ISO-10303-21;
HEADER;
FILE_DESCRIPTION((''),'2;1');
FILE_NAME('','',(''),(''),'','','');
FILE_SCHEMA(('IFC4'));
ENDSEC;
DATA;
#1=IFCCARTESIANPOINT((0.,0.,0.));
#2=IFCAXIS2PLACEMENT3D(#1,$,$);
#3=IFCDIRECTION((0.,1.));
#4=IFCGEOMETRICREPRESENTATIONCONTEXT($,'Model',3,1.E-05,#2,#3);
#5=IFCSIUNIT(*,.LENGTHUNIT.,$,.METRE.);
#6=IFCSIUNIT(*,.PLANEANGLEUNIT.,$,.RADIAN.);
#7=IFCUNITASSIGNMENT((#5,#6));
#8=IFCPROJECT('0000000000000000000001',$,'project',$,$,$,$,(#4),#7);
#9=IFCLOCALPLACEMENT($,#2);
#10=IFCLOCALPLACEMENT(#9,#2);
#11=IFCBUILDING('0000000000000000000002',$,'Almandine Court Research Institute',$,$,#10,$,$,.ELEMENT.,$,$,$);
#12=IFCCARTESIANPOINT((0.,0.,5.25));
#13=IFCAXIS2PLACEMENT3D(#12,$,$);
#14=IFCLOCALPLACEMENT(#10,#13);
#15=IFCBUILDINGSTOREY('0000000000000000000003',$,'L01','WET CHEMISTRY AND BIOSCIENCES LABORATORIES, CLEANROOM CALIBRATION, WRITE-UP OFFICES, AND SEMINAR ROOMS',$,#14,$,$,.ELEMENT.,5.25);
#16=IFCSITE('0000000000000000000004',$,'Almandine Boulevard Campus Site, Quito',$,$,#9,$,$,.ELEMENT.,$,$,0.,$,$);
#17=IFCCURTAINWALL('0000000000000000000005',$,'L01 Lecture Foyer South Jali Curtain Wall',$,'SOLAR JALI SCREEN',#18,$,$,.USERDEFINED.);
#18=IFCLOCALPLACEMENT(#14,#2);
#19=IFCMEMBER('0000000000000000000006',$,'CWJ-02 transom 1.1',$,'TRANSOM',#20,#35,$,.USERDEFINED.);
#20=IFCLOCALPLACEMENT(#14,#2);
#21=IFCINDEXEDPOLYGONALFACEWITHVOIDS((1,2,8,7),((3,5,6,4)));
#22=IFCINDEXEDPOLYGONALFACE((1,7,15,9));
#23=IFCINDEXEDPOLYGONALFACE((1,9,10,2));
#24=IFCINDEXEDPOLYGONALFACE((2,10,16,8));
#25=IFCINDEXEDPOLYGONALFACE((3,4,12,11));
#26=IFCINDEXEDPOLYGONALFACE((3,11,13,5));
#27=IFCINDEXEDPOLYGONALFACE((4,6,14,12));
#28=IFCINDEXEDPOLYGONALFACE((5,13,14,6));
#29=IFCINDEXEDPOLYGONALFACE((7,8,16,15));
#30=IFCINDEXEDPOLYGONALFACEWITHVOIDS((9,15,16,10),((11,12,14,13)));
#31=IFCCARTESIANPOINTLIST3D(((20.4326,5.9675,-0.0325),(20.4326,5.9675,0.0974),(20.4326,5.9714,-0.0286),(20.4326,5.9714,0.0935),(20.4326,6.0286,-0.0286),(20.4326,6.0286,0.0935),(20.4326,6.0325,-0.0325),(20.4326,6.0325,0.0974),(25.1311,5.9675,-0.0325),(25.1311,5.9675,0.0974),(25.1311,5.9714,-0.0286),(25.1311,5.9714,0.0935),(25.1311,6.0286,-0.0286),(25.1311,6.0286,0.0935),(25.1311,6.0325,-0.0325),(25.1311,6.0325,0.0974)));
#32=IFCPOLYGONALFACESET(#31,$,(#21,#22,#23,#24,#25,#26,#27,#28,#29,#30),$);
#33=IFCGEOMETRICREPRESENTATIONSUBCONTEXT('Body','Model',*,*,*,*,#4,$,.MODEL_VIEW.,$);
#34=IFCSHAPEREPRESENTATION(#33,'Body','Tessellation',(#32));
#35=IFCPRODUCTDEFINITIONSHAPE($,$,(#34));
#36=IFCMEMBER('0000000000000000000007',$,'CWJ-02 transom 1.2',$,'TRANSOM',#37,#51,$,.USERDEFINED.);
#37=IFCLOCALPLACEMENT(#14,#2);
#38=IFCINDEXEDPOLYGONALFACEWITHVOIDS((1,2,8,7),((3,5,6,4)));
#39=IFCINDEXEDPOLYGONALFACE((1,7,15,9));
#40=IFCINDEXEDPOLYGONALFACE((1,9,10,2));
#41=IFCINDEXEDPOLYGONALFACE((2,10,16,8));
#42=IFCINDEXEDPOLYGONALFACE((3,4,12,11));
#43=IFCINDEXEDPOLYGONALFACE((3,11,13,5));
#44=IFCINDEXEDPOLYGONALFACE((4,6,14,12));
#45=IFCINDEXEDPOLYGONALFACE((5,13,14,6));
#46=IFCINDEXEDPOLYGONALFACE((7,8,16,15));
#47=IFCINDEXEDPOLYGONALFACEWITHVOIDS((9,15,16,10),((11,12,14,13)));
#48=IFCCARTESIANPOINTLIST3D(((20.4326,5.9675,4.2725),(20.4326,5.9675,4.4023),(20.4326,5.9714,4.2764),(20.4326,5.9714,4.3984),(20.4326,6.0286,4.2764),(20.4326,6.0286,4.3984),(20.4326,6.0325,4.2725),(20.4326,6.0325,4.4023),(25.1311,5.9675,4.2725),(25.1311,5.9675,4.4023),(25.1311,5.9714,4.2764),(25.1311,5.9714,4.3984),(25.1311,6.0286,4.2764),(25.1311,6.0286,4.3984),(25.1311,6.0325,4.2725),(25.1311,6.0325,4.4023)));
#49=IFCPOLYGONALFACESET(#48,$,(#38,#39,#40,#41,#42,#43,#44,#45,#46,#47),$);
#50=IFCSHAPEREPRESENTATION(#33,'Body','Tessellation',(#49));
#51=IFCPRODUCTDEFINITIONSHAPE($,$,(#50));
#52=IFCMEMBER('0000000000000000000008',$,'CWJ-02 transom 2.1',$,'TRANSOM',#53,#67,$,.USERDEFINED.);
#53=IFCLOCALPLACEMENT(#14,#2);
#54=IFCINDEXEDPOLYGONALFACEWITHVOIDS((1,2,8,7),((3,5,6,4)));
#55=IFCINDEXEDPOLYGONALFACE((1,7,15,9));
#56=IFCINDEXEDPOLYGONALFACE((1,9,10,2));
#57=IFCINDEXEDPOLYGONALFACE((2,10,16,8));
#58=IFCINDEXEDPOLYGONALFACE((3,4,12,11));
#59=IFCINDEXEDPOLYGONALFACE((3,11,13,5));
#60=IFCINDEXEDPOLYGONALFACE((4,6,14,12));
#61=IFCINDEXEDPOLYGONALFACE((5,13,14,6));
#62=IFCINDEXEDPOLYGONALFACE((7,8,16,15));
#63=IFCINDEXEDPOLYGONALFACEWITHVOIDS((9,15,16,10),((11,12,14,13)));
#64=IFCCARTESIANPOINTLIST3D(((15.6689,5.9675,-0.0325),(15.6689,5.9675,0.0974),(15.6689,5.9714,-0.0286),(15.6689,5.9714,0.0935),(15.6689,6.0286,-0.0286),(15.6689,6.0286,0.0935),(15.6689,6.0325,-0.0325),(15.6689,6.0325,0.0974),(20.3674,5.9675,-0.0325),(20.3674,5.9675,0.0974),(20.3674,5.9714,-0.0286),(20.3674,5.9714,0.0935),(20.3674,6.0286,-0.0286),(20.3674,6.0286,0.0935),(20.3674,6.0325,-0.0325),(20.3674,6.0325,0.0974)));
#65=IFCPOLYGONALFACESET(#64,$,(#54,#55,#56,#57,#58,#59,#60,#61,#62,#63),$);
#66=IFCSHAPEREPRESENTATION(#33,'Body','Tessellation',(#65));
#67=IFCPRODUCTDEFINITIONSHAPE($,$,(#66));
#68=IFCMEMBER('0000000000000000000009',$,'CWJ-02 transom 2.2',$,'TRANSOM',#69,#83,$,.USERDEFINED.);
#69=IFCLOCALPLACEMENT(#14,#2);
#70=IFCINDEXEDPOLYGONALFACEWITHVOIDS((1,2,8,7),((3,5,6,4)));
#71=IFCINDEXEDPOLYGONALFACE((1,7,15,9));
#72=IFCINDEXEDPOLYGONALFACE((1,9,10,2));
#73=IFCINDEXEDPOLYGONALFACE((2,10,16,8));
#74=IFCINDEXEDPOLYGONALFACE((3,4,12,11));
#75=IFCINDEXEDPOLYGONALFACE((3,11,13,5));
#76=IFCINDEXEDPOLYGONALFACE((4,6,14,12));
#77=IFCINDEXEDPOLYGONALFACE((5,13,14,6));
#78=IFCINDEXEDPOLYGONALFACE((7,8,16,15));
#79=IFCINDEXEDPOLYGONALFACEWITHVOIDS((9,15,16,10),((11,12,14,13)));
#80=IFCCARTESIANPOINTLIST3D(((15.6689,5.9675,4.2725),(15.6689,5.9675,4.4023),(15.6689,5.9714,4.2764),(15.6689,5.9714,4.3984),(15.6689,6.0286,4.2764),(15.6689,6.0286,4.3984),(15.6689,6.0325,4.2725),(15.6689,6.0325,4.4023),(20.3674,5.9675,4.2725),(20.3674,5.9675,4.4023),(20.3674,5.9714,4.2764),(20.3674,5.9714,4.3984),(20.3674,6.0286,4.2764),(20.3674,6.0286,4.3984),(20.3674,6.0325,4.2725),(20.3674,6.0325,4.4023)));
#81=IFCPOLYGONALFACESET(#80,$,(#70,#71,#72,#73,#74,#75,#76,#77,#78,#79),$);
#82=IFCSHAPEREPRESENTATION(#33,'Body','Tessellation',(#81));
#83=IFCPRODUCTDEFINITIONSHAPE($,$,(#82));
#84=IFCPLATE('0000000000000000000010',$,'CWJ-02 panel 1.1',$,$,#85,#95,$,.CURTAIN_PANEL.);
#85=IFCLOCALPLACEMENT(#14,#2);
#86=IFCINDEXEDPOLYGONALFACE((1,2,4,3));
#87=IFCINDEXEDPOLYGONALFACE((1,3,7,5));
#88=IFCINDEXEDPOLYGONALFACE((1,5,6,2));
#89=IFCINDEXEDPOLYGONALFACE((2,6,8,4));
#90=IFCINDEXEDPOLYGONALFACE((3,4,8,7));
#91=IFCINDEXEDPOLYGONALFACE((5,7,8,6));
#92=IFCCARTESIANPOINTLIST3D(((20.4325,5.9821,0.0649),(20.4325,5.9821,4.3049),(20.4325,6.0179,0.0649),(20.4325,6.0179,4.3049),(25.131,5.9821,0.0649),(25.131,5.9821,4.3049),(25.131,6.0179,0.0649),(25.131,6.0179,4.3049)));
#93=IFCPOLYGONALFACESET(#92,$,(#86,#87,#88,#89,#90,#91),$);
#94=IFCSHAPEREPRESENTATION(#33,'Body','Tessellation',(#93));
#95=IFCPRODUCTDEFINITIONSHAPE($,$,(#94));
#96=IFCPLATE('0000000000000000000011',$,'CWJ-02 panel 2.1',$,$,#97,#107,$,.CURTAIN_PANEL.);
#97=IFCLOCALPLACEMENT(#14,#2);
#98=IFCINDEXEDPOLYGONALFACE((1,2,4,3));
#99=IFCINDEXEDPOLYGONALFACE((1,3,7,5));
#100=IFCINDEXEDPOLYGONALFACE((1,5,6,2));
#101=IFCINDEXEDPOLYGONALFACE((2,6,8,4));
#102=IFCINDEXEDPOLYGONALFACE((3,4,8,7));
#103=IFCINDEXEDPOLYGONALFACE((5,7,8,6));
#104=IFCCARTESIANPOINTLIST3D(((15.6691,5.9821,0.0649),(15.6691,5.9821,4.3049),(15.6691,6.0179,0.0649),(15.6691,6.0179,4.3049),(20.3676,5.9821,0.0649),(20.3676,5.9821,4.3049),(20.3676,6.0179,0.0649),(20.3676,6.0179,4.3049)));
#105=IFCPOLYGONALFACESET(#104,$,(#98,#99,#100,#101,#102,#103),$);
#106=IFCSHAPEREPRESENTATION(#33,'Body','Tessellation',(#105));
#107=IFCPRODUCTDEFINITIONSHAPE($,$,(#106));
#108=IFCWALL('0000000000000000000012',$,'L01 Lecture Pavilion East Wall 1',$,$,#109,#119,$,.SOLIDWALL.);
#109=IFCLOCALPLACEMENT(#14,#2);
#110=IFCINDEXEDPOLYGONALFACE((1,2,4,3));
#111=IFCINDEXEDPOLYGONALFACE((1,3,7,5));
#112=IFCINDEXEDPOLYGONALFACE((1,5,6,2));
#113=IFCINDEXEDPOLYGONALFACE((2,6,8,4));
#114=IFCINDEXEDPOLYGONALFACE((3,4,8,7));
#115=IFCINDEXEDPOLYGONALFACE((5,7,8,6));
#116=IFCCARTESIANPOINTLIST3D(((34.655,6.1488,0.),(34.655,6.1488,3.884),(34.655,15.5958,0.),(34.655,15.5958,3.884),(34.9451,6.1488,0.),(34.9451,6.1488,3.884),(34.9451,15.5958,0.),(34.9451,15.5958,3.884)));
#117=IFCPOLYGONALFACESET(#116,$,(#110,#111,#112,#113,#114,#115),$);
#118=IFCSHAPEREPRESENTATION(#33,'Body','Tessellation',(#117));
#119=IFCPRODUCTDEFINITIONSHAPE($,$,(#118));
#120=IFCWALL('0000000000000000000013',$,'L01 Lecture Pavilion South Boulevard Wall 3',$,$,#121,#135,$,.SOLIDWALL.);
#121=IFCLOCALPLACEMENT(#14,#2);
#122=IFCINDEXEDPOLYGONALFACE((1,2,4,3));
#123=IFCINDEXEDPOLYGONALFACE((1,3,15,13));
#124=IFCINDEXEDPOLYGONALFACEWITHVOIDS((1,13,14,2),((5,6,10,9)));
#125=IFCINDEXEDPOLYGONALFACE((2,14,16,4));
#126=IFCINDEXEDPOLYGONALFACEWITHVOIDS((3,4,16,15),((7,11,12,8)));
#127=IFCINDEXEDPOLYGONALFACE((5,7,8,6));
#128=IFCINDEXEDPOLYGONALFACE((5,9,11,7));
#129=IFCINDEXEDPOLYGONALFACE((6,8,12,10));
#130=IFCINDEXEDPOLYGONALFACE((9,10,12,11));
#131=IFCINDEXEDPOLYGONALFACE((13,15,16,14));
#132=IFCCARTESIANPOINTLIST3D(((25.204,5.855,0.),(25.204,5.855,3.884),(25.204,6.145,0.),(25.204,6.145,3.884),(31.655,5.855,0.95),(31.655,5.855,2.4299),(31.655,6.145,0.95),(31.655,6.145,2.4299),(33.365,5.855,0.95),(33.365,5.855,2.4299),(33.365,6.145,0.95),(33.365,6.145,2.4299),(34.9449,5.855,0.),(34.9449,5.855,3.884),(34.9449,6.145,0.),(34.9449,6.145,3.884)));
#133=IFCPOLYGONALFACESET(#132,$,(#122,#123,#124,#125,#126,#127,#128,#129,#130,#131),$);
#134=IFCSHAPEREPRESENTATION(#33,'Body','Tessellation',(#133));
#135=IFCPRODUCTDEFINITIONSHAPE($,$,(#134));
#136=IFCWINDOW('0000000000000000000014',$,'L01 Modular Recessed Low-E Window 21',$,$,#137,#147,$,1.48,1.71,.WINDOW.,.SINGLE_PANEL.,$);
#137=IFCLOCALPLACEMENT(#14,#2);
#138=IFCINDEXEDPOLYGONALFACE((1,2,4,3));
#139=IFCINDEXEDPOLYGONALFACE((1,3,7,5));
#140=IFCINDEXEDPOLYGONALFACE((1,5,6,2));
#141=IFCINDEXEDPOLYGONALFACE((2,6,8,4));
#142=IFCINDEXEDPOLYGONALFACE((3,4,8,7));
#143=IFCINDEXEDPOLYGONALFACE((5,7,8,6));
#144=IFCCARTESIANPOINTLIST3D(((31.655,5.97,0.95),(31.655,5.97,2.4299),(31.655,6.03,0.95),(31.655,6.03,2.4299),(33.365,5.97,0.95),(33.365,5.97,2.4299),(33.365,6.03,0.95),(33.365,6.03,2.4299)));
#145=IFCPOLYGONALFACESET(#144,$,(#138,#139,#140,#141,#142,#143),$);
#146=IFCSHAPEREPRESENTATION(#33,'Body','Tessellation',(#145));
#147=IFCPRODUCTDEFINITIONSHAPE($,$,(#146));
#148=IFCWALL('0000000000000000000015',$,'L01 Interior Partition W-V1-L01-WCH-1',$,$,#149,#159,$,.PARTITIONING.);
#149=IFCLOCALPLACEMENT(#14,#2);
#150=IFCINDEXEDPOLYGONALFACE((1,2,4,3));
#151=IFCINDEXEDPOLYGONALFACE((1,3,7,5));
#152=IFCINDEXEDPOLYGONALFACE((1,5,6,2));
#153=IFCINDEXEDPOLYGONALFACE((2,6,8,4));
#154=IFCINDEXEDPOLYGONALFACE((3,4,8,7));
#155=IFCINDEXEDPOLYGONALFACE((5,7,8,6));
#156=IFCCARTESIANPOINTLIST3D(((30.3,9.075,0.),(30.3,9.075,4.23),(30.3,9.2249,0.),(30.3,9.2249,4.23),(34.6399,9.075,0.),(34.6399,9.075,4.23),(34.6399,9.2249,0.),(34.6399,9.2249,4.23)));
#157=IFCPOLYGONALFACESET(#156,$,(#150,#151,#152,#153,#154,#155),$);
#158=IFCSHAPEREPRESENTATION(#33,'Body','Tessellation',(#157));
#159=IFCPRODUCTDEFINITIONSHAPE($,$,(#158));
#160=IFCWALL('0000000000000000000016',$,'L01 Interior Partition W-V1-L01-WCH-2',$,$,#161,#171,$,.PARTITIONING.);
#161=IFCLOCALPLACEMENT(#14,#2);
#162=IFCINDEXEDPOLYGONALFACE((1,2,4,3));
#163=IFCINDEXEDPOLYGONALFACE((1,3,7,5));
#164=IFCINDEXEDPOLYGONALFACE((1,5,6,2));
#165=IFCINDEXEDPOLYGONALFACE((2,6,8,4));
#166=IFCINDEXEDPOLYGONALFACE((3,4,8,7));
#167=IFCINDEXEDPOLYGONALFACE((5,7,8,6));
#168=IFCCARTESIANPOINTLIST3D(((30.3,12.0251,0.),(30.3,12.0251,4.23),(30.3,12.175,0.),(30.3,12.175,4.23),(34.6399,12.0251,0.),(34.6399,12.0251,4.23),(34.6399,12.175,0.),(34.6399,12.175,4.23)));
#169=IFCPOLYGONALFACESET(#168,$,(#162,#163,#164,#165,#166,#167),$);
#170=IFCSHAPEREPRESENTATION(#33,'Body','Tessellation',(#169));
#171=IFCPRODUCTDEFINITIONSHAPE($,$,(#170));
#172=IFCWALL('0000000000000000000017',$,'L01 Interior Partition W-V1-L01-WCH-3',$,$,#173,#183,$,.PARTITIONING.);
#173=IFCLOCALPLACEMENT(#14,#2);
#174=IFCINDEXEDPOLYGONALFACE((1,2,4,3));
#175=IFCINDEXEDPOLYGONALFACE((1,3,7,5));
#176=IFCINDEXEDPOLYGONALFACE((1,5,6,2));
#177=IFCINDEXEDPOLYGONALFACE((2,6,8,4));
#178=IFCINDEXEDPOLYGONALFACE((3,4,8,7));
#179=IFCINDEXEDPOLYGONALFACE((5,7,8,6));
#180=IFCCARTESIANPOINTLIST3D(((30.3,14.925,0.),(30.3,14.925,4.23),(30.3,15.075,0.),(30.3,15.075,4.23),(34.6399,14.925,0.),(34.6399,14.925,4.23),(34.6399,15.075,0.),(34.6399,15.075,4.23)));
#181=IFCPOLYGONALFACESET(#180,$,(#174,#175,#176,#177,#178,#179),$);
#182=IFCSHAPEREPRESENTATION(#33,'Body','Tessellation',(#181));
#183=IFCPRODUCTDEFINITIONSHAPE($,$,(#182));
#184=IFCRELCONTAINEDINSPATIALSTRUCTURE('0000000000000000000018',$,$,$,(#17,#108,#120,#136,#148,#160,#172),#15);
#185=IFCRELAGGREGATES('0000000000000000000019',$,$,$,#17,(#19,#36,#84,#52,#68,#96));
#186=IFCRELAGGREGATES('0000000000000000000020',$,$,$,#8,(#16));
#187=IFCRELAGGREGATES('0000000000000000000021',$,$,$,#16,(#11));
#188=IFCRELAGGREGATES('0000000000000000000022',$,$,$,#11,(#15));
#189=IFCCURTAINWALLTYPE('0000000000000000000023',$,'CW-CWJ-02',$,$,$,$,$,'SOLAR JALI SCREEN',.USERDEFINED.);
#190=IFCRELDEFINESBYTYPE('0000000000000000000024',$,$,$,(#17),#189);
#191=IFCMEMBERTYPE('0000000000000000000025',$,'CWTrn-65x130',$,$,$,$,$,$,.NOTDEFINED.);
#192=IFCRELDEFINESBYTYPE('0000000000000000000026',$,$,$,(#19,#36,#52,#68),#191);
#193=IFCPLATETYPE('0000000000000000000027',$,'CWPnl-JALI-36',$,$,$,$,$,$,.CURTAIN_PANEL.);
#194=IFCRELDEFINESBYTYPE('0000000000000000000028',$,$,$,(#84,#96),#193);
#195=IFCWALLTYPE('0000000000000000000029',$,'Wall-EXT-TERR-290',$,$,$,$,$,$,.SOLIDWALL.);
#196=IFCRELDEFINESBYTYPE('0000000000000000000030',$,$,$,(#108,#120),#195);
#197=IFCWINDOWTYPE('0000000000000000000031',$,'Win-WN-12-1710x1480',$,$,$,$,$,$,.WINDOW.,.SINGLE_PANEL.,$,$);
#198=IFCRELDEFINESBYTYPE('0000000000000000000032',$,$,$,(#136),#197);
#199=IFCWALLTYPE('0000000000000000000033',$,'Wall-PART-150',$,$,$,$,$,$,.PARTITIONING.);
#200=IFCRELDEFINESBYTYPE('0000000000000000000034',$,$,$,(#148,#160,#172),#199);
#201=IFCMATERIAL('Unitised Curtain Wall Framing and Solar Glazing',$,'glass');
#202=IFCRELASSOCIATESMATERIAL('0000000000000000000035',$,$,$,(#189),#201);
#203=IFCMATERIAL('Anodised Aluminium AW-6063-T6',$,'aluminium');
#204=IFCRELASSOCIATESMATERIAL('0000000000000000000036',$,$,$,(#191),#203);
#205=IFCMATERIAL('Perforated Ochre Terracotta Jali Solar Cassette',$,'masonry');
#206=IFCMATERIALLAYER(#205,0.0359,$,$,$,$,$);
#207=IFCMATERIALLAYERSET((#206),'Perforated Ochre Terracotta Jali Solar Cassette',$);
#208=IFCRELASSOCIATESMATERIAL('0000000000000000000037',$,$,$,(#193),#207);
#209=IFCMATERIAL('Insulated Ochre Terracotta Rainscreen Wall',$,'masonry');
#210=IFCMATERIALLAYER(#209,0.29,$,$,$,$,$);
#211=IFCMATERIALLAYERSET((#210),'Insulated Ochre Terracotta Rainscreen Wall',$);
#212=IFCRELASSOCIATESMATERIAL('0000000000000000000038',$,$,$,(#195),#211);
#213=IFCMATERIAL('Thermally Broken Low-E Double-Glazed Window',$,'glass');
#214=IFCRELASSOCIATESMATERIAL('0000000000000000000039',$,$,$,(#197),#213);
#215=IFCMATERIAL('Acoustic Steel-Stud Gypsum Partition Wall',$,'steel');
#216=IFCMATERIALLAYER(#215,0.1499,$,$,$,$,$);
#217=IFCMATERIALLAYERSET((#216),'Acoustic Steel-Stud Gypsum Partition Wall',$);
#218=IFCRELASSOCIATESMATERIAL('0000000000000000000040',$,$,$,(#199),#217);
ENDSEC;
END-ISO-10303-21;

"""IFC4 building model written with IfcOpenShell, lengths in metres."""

from ifc_helpers import new_model, si_unit, direction, frame, frame_2d, origin, origin_2d, place, context, subcontext, project, spatial, rectangle, hollow_rectangle, extrude, material, layer, layer_set, material_profile, profile_set, type_object, element, fill, aggregate, save


model = new_model("IFC4")

# Units and contexts
model_context = context("Model", 3, precision=1e-05, world=origin(), true_north=direction((0.0, 1.0)))
body_context = subcontext(model_context, "Body", "Model", "MODEL_VIEW")
ifc_project = project(units=[si_unit("LENGTHUNIT", "METRE"), si_unit("PLANEANGLEUNIT", "RADIAN")], contexts=[model_context])

# Site, building, storey
site_placement = place(None, origin())
site = spatial("IfcSite", under=ifc_project, at=site_placement, Name="Almandine Boulevard Campus Site, Quito", CompositionType="ELEMENT", RefElevation=0.0)
building_placement = place(site_placement, origin())
building = spatial("IfcBuilding", under=site, at=building_placement, Name="Almandine Court Research Institute", CompositionType="ELEMENT")
storey_placement = place(building_placement, frame((0.0, 0.0, 5.25)))
storey = spatial("IfcBuildingStorey", under=building, at=storey_placement, Name="L01", Description="WET CHEMISTRY AND BIOSCIENCES LABORATORIES, CLEANROOM CALIBRATION, WRITE-UP OFFICES, AND SEMINAR ROOMS", CompositionType="ELEMENT", Elevation=5.25)

# Curtain wall, members, plates
ifc_material_1 = material(Name="Unitised Curtain Wall Framing and Solar Glazing", Category="glass")
curtain_wall_type = type_object("IfcCurtainWallType", Name="CW-CWJ-02", ElementType="SOLAR JALI SCREEN", PredefinedType="USERDEFINED", material=ifc_material_1)
curtain_wall_placement = place(storey_placement, origin())
curtain_wall = element("IfcCurtainWall", 1, at=curtain_wall_placement, inside=storey, type_object=curtain_wall_type, Name="L01 Lecture Foyer South Jali Curtain Wall", ObjectType="SOLAR JALI SCREEN", PredefinedType="USERDEFINED")
ifc_material_2 = material(Name="Anodised Aluminium AW-6063-T6", Category="aluminium")
ifc_material_profile_1 = material_profile(ifc_material_2, hollow_rectangle(XDim=0.0649, YDim=0.1299, WallThickness=0.0039, at=origin_2d()), Name="ALU RHS 65x130x4")
ifc_profile_set_1 = profile_set([ifc_material_profile_1], Name="Anodised Aluminium AW-6063-T6")
member_type_1 = type_object("IfcMemberType", Name="CWTrn-65x130", PredefinedType="NOTDEFINED", material=ifc_profile_set_1)
member_1_placement = place(storey_placement, frame((25.1311, 6.0, 0.0325), z_axis=(-1.0, 0.0, 0.0), x_axis=(0.0, -1.0, 0.0)))
member_1 = element("IfcMember", 2, at=member_1_placement, type_object=member_type_1, Name="CWJ-02 transom 1.1", ObjectType="TRANSOM", PredefinedType="USERDEFINED", context=body_context, shape_type="SweptSolid", body=[
    extrude(hollow_rectangle(XDim=0.0649, YDim=0.1299, WallThickness=0.0039, at=origin_2d()), origin(), (0.0, 0.0, 1.0), 4.6985),
])
member_2_placement = place(storey_placement, frame((25.1311, 6.0, 4.3374), z_axis=(-1.0, 0.0, 0.0), x_axis=(0.0, -1.0, 0.0)))
member_2 = element("IfcMember", 3, at=member_2_placement, type_object=member_type_1, Name="CWJ-02 transom 1.2", ObjectType="TRANSOM", PredefinedType="USERDEFINED", context=body_context, shape_type="SweptSolid", body=[
    extrude(hollow_rectangle(XDim=0.0649, YDim=0.1299, WallThickness=0.0039, at=origin_2d()), origin(), (0.0, 0.0, 1.0), 4.6985),
])
member_3_placement = place(storey_placement, frame((20.3674, 6.0, 0.0325), z_axis=(-1.0, 0.0, 0.0), x_axis=(0.0, -1.0, 0.0)))
member_3 = element("IfcMember", 4, at=member_3_placement, type_object=member_type_1, Name="CWJ-02 transom 2.1", ObjectType="TRANSOM", PredefinedType="USERDEFINED", context=body_context, shape_type="SweptSolid", body=[
    extrude(hollow_rectangle(XDim=0.0649, YDim=0.1299, WallThickness=0.0039, at=origin_2d()), origin(), (0.0, 0.0, 1.0), 4.6985),
])
member_4_placement = place(storey_placement, frame((20.3674, 6.0, 4.3374), z_axis=(-1.0, 0.0, 0.0), x_axis=(0.0, -1.0, 0.0)))
member_4 = element("IfcMember", 5, at=member_4_placement, type_object=member_type_1, Name="CWJ-02 transom 2.2", ObjectType="TRANSOM", PredefinedType="USERDEFINED", context=body_context, shape_type="SweptSolid", body=[
    extrude(hollow_rectangle(XDim=0.0649, YDim=0.1299, WallThickness=0.0039, at=origin_2d()), origin(), (0.0, 0.0, 1.0), 4.6985),
])
ifc_material_3 = material(Name="Perforated Ochre Terracotta Jali Solar Cassette", Category="masonry")
ifc_layer_1 = layer(ifc_material_3, 0.0359)
ifc_layer_set_1 = layer_set([ifc_layer_1], Name="Perforated Ochre Terracotta Jali Solar Cassette")
plate_type = type_object("IfcPlateType", Name="CWPnl-JALI-36", PredefinedType="CURTAIN_PANEL", material=ifc_layer_set_1)
plate_1_placement = place(storey_placement, frame((22.7817, 6.0, 0.0649), z_axis=(0.0, 0.0, 1.0), x_axis=(-1.0, 0.0, 0.0)))
plate_1 = element("IfcPlate", 6, at=plate_1_placement, type_object=plate_type, Name="CWJ-02 panel 1.1", PredefinedType="CURTAIN_PANEL", context=body_context, shape_type="SweptSolid", body=[
    extrude(rectangle(XDim=4.6985, YDim=0.0359, at=origin_2d()), origin(), (0.0, 0.0, 1.0), 4.24),
])
plate_2_placement = place(storey_placement, frame((18.0183, 6.0, 0.0649), z_axis=(0.0, 0.0, 1.0), x_axis=(-1.0, 0.0, 0.0)))
plate_2 = element("IfcPlate", 7, at=plate_2_placement, type_object=plate_type, Name="CWJ-02 panel 2.1", PredefinedType="CURTAIN_PANEL", context=body_context, shape_type="SweptSolid", body=[
    extrude(rectangle(XDim=4.6985, YDim=0.0359, at=origin_2d()), origin(), (0.0, 0.0, 1.0), 4.24),
])
aggregate(curtain_wall, [member_1, member_2, plate_1, member_3, member_4, plate_2])

# Wall
ifc_material_4 = material(Name="Insulated Ochre Terracotta Rainscreen Wall", Category="masonry")
ifc_layer_2 = layer(ifc_material_4, 0.29)
ifc_layer_set_2 = layer_set([ifc_layer_2], Name="Insulated Ochre Terracotta Rainscreen Wall")
wall_type_1 = type_object("IfcWallType", Name="Wall-EXT-TERR-290", PredefinedType="SOLIDWALL", material=ifc_layer_set_2)
wall_1_placement = place(storey_placement, frame((34.8, 15.5959, 0.0), z_axis=(0.0, 0.0, 1.0), x_axis=(0.0, -1.0, 0.0)))
element("IfcWall", 8, at=wall_1_placement, inside=storey, type_object=wall_type_1, Name="L01 Lecture Pavilion East Wall 1", PredefinedType="SOLIDWALL", context=body_context, shape_type="SweptSolid", body=[
    extrude(rectangle(XDim=9.447, YDim=0.29, at=frame_2d((4.7236, 0.0))), origin(), (0.0, 0.0, 1.0), 3.884),
])

# Wall, opening, window
wall_2_placement = place(storey_placement, frame((34.9451, 6.0, 0.0), z_axis=(0.0, 0.0, 1.0), x_axis=(-1.0, 0.0, 0.0)))
wall_2 = element("IfcWall", 9, at=wall_2_placement, inside=storey, type_object=wall_type_1, Name="L01 Lecture Pavilion South Boulevard Wall 3", PredefinedType="SOLIDWALL", context=body_context, shape_type="SweptSolid", body=[
    extrude(rectangle(XDim=9.741, YDim=0.29, at=frame_2d((4.8706, 0.0))), origin(), (0.0, 0.0, 1.0), 3.884),
])
opening_1_placement = place(wall_2_placement, frame((1.5801, 0.0, 0.95)))
opening_1 = element("IfcOpeningElement", 10, at=opening_1_placement, cuts=wall_2, PredefinedType="OPENING", context=body_context, shape_type="SweptSolid", body=[
    extrude(rectangle(XDim=1.71, YDim=1.48, at=frame_2d((0.855, 0.74))), frame((0.0, 0.155, 0.0), z_axis=(0.0, -1.0, 0.0), x_axis=(1.0, 0.0, 0.0)), (0.0, 0.0, 1.0), 0.3101),
])
ifc_material_5 = material(Name="Thermally Broken Low-E Double-Glazed Window", Category="glass")
window_type = type_object("IfcWindowType", Name="Win-WN-12-1710x1480", PartitioningType="SINGLE_PANEL", PredefinedType="WINDOW", material=ifc_material_5)
window_placement = place(opening_1_placement, origin())
window = element("IfcWindow", 11, at=window_placement, inside=storey, type_object=window_type, Name="L01 Modular Recessed Low-E Window 21", OverallHeight=1.48, OverallWidth=1.71, PartitioningType="SINGLE_PANEL", PredefinedType="WINDOW", context=body_context, shape_type="SweptSolid", body=[
    extrude(rectangle(XDim=1.71, YDim=1.48, at=frame_2d((0.855, 0.74))), frame((0.0, 0.03, 0.0), z_axis=(0.0, -1.0, 0.0), x_axis=(1.0, 0.0, 0.0)), (0.0, 0.0, 1.0), 0.0601),
])
fill(opening_1, window)

# Walls
ifc_material_6 = material(Name="Acoustic Steel-Stud Gypsum Partition Wall", Category="steel")
ifc_layer_3 = layer(ifc_material_6, 0.1499)
ifc_layer_set_3 = layer_set([ifc_layer_3], Name="Acoustic Steel-Stud Gypsum Partition Wall")
wall_type_2 = type_object("IfcWallType", Name="Wall-PART-150", PredefinedType="PARTITIONING", material=ifc_layer_set_3)
for number, where, z_axis, x_axis, name in (
    (12, (30.3, 9.1499, 0.0), (0.0, 0.0, 1.0), (1.0, 0.0, 0.0), "L01 Interior Partition W-V1-L01-WCH-1"),
    (13, (30.3, 12.1001, 0.0), (0.0, 0.0, 1.0), (1.0, 0.0, 0.0), "L01 Interior Partition W-V1-L01-WCH-2"),
    (14, (30.3, 15.0, 0.0), (0.0, 0.0, 1.0), (1.0, 0.0, 0.0), "L01 Interior Partition W-V1-L01-WCH-3"),
):
    element("IfcWall", number, at=place(storey_placement, frame(where, z_axis=z_axis, x_axis=x_axis)), inside=storey, type_object=wall_type_2, Name=name, PredefinedType="PARTITIONING", context=body_context, shape_type="SweptSolid", body=[
        extrude(rectangle(XDim=4.3398, YDim=0.1499, at=frame_2d((2.1699, 0.0))), origin(), (0.0, 0.0, 1.0), 4.23),
    ])

save(model, "model.ifc")
